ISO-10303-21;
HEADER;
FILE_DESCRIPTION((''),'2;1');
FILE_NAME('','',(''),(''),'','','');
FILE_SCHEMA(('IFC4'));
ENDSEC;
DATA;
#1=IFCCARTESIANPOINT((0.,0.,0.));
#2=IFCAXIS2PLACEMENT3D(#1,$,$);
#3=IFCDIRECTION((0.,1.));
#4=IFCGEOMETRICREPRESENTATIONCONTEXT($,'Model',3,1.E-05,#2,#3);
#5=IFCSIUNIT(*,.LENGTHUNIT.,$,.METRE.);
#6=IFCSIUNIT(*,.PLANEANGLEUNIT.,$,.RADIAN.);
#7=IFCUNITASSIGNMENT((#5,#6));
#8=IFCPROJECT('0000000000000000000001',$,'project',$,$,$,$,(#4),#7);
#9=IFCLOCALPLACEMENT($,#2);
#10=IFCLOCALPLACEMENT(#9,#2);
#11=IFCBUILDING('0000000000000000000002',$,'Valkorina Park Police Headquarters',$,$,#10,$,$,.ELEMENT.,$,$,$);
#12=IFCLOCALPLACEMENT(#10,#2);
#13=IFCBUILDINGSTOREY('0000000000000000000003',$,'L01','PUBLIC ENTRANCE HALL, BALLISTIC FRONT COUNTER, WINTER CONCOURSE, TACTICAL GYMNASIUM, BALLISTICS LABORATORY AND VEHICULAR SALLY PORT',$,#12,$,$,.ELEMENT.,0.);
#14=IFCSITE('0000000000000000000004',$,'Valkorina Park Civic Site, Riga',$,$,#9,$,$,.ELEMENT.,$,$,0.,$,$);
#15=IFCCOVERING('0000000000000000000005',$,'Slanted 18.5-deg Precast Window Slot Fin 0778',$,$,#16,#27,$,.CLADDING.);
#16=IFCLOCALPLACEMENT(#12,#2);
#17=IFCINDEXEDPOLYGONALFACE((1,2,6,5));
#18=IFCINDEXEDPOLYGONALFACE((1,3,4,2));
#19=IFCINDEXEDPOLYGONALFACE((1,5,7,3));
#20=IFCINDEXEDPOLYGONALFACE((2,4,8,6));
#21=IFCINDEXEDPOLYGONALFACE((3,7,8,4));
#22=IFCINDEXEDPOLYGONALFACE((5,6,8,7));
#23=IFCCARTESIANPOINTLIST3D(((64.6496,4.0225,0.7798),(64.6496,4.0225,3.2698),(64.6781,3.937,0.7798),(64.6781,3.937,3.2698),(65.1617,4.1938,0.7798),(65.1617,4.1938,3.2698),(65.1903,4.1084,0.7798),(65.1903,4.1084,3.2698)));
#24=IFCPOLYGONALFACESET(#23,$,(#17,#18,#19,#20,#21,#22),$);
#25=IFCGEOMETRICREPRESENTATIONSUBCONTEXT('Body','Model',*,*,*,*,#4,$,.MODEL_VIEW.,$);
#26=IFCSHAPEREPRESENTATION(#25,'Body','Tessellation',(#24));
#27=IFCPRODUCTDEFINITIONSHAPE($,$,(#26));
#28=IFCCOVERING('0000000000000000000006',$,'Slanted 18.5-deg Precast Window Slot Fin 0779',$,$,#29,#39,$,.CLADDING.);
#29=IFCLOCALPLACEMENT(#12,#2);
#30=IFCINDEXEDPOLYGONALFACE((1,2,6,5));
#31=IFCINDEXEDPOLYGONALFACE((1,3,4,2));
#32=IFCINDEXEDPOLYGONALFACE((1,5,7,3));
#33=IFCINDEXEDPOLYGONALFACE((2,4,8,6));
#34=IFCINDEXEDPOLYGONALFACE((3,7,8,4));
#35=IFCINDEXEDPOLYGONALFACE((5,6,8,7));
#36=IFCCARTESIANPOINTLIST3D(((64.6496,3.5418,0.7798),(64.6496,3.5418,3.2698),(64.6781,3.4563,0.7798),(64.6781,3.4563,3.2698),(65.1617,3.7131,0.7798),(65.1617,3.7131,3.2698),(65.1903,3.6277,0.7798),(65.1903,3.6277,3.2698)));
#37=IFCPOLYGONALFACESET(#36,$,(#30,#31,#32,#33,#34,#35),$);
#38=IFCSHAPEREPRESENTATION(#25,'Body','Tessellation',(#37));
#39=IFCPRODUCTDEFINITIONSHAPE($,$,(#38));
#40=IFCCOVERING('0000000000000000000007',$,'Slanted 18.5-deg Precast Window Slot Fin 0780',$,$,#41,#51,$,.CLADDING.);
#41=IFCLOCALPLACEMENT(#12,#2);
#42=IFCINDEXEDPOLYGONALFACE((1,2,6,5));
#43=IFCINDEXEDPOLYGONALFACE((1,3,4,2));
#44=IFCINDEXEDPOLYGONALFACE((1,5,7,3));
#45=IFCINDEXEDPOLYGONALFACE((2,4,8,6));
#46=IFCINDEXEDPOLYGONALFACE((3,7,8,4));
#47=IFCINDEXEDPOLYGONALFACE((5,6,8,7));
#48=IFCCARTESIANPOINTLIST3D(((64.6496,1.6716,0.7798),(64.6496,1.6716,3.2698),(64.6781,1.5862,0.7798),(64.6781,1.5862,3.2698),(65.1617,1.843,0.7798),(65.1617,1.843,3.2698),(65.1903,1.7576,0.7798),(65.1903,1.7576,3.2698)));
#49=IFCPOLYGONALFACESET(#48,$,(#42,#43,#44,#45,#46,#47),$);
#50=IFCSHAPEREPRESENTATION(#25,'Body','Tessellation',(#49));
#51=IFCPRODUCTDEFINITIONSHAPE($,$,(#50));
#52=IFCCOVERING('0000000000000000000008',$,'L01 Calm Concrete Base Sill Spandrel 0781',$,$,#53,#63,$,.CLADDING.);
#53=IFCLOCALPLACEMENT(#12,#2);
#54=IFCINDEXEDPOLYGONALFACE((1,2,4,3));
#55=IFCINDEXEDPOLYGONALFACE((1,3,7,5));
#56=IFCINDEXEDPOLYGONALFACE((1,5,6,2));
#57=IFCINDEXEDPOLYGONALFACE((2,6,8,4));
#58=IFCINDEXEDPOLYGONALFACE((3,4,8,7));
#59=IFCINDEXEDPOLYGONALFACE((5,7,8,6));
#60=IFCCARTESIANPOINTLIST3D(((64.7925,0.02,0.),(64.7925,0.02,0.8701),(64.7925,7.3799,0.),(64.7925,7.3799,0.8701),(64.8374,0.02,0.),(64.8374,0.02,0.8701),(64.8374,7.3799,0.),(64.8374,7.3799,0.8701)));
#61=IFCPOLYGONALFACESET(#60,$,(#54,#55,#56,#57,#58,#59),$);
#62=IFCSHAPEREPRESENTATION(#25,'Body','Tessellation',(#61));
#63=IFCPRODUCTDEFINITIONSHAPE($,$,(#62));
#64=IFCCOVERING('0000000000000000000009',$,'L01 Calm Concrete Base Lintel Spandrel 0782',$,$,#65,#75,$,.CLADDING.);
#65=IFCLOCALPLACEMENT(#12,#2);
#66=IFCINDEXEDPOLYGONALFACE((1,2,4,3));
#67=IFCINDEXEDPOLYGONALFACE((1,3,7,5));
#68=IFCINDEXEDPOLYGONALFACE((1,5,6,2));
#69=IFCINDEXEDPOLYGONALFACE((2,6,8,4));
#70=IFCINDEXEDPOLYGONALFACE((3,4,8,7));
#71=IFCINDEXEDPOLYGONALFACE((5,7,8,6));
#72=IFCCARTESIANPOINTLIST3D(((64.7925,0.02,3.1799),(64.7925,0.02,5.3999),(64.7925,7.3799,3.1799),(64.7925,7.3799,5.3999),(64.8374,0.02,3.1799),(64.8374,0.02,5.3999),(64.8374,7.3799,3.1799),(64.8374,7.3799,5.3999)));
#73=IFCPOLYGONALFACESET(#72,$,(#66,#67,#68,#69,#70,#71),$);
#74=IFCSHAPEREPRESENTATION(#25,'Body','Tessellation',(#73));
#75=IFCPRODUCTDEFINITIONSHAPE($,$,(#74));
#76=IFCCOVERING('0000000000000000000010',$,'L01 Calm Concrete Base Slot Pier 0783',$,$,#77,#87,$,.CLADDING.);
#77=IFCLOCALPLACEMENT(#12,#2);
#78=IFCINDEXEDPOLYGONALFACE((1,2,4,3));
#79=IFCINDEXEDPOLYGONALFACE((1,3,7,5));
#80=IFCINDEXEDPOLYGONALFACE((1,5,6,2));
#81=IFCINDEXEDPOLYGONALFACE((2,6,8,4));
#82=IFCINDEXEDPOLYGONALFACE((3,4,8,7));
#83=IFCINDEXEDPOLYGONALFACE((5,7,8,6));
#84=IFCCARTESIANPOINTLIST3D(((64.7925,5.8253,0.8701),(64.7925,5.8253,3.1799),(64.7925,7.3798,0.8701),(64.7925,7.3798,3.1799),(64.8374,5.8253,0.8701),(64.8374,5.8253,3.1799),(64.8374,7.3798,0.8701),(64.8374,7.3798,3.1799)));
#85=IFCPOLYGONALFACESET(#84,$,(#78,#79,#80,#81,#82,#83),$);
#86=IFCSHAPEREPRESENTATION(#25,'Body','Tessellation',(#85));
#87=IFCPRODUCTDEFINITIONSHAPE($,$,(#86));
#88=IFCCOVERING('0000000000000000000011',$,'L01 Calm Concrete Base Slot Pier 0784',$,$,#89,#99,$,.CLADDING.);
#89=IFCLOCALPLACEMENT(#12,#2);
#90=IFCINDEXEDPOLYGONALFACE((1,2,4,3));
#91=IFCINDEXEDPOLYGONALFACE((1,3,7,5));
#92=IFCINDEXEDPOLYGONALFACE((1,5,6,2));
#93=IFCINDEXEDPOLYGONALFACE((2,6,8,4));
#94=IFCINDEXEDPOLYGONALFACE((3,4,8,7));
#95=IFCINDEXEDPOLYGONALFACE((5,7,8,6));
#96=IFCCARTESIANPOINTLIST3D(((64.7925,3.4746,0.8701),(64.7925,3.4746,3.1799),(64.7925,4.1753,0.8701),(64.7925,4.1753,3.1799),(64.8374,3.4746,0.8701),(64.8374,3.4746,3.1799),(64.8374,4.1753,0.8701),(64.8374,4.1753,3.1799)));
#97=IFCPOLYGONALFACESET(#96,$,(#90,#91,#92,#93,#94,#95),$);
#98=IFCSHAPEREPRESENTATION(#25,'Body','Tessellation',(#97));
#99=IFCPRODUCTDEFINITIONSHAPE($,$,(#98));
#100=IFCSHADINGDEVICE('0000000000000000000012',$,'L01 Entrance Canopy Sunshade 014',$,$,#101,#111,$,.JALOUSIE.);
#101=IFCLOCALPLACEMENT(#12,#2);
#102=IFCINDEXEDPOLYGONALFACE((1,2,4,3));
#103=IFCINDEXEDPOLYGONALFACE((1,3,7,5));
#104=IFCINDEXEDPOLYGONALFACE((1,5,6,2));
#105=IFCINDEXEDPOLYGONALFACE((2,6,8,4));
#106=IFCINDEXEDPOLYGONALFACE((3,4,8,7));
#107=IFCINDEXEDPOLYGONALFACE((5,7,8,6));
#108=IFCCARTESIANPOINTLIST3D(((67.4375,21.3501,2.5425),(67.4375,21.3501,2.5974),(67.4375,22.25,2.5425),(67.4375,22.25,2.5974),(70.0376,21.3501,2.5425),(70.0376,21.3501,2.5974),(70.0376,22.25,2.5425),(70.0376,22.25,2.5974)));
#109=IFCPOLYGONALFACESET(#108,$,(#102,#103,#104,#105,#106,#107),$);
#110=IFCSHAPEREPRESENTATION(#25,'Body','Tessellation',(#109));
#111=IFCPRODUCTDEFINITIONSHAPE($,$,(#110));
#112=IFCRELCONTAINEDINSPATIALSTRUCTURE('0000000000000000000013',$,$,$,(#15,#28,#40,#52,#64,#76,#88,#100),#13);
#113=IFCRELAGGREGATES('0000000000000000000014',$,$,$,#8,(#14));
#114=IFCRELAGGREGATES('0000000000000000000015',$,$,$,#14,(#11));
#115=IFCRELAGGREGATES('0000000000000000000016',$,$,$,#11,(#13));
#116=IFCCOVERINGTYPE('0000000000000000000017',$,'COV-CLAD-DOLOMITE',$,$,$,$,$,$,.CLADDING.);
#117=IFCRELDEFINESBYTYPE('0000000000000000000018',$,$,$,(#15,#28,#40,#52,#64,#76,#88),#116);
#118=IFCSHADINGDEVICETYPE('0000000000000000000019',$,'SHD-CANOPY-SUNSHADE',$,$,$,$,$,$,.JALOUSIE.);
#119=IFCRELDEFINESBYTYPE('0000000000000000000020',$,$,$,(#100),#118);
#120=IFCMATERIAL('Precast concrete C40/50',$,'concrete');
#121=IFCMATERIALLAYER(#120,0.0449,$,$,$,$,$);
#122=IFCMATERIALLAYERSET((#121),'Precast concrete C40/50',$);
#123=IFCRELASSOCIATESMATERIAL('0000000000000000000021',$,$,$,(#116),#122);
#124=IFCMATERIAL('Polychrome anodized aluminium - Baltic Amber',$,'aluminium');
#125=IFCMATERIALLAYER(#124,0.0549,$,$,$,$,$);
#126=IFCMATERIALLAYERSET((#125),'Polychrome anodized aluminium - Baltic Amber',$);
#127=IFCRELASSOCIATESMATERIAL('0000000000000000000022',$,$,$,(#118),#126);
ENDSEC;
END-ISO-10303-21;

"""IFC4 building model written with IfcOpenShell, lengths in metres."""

from ifc_helpers import new_model, si_unit, direction, frame, frame_2d, origin, origin_2d, place, context, subcontext, project, spatial, rectangle, extrude, material, layer, layer_set, type_object, element, save


model = new_model("IFC4")

# Units and contexts
model_context = context("Model", 3, precision=1e-05, world=origin(), true_north=direction((0.0, 1.0)))
body_context = subcontext(model_context, "Body", "Model", "MODEL_VIEW")
ifc_project = project(units=[si_unit("LENGTHUNIT", "METRE"), si_unit("PLANEANGLEUNIT", "RADIAN")], contexts=[model_context])

# Site, building, storey
site_placement = place(None, origin())
site = spatial("IfcSite", under=ifc_project, at=site_placement, Name="Valkorina Park Civic Site, Riga", CompositionType="ELEMENT", RefElevation=0.0)
building_placement = place(site_placement, origin())
building = spatial("IfcBuilding", under=site, at=building_placement, Name="Valkorina Park Police Headquarters", CompositionType="ELEMENT")
storey_placement = place(building_placement, origin())
storey = spatial("IfcBuildingStorey", under=building, at=storey_placement, Name="L01", Description="PUBLIC ENTRANCE HALL, BALLISTIC FRONT COUNTER, WINTER CONCOURSE, TACTICAL GYMNASIUM, BALLISTICS LABORATORY AND VEHICULAR SALLY PORT", CompositionType="ELEMENT", Elevation=0.0)

# Coverings
ifc_material_1 = material(Name="Precast concrete C40/50", Category="concrete")
ifc_layer_1 = layer(ifc_material_1, 0.0449)
ifc_layer_set_1 = layer_set([ifc_layer_1], Name="Precast concrete C40/50")
covering_type = type_object("IfcCoveringType", Name="COV-CLAD-DOLOMITE", PredefinedType="CLADDING", material=ifc_layer_set_1)
for number, where, z_axis, x_axis, name in (
    (1, (64.9199, 4.0654, 0.7798), (0.0, 0.0, 1.0), (0.948324, 0.317305, 0.0), "Slanted 18.5-deg Precast Window Slot Fin 0778"),
    (2, (64.9199, 3.5847, 0.7798), (0.0, 0.0, 1.0), (0.948324, 0.317305, 0.0), "Slanted 18.5-deg Precast Window Slot Fin 0779"),
    (3, (64.9199, 1.7146, 0.7798), (0.0, 0.0, 1.0), (0.948324, 0.317305, 0.0), "Slanted 18.5-deg Precast Window Slot Fin 0780"),
):
    element("IfcCovering", number, at=place(storey_placement, frame(where, z_axis=z_axis, x_axis=x_axis)), inside=storey, type_object=covering_type, Name=name, PredefinedType="CLADDING", context=body_context, shape_type="SweptSolid", body=[
        extrude(rectangle(XDim=0.54, YDim=0.0901, at=origin_2d()), origin(), (0.0, 0.0, 1.0), 2.49),
    ])
covering_1_placement = place(storey_placement, frame((64.8149, 7.3799, 0.0), z_axis=(0.0, 0.0, 1.0), x_axis=(0.0, -1.0, 0.0)))
element("IfcCovering", 4, at=covering_1_placement, inside=storey, type_object=covering_type, Name="L01 Calm Concrete Base Sill Spandrel 0781", PredefinedType="CLADDING", context=body_context, shape_type="SweptSolid", body=[
    extrude(rectangle(XDim=7.3599, YDim=0.0449, at=frame_2d((3.6799, 0.0))), origin(), (0.0, 0.0, 1.0), 0.8701),
])
covering_2_placement = place(storey_placement, frame((64.8149, 7.3799, 3.1799), z_axis=(0.0, 0.0, 1.0), x_axis=(0.0, -1.0, 0.0)))
element("IfcCovering", 5, at=covering_2_placement, inside=storey, type_object=covering_type, Name="L01 Calm Concrete Base Lintel Spandrel 0782", PredefinedType="CLADDING", context=body_context, shape_type="SweptSolid", body=[
    extrude(rectangle(XDim=7.3599, YDim=0.0449, at=frame_2d((3.6799, 0.0))), origin(), (0.0, 0.0, 1.0), 2.22),
])
covering_3_placement = place(storey_placement, frame((64.8149, 7.3799, 0.8701), z_axis=(0.0, 0.0, 1.0), x_axis=(0.0, -1.0, 0.0)))
element("IfcCovering", 6, at=covering_3_placement, inside=storey, type_object=covering_type, Name="L01 Calm Concrete Base Slot Pier 0783", PredefinedType="CLADDING", context=body_context, shape_type="SweptSolid", body=[
    extrude(rectangle(XDim=1.5544, YDim=0.0449, at=frame_2d((0.7773, 0.0))), origin(), (0.0, 0.0, 1.0), 2.3098),
])
covering_4_placement = place(storey_placement, frame((64.8149, 4.1753, 0.8701), z_axis=(0.0, 0.0, 1.0), x_axis=(0.0, -1.0, 0.0)))
element("IfcCovering", 7, at=covering_4_placement, inside=storey, type_object=covering_type, Name="L01 Calm Concrete Base Slot Pier 0784", PredefinedType="CLADDING", context=body_context, shape_type="SweptSolid", body=[
    extrude(rectangle(XDim=0.7007, YDim=0.0449, at=frame_2d((0.3503, 0.0))), origin(), (0.0, 0.0, 1.0), 2.3098),
])

# Shading device
ifc_material_2 = material(Name="Polychrome anodized aluminium - Baltic Amber", Category="aluminium")
ifc_layer_2 = layer(ifc_material_2, 0.0549)
ifc_layer_set_2 = layer_set([ifc_layer_2], Name="Polychrome anodized aluminium - Baltic Amber")
shading_device_type = type_object("IfcShadingDeviceType", Name="SHD-CANOPY-SUNSHADE", PredefinedType="JALOUSIE", material=ifc_layer_set_2)
shading_device_placement = place(storey_placement, frame((68.7375, 21.8, 2.5425), z_axis=(0.0, 0.0, 1.0), x_axis=(-1.0, 0.0, 0.0)))
element("IfcShadingDevice", 8, at=shading_device_placement, inside=storey, type_object=shading_device_type, Name="L01 Entrance Canopy Sunshade 014", PredefinedType="JALOUSIE", context=body_context, shape_type="SweptSolid", body=[
    extrude(rectangle(XDim=2.6001, YDim=0.8999, at=origin_2d()), origin(), (0.0, 0.0, 1.0), 0.0549),
])

save(model, "model.ifc")
